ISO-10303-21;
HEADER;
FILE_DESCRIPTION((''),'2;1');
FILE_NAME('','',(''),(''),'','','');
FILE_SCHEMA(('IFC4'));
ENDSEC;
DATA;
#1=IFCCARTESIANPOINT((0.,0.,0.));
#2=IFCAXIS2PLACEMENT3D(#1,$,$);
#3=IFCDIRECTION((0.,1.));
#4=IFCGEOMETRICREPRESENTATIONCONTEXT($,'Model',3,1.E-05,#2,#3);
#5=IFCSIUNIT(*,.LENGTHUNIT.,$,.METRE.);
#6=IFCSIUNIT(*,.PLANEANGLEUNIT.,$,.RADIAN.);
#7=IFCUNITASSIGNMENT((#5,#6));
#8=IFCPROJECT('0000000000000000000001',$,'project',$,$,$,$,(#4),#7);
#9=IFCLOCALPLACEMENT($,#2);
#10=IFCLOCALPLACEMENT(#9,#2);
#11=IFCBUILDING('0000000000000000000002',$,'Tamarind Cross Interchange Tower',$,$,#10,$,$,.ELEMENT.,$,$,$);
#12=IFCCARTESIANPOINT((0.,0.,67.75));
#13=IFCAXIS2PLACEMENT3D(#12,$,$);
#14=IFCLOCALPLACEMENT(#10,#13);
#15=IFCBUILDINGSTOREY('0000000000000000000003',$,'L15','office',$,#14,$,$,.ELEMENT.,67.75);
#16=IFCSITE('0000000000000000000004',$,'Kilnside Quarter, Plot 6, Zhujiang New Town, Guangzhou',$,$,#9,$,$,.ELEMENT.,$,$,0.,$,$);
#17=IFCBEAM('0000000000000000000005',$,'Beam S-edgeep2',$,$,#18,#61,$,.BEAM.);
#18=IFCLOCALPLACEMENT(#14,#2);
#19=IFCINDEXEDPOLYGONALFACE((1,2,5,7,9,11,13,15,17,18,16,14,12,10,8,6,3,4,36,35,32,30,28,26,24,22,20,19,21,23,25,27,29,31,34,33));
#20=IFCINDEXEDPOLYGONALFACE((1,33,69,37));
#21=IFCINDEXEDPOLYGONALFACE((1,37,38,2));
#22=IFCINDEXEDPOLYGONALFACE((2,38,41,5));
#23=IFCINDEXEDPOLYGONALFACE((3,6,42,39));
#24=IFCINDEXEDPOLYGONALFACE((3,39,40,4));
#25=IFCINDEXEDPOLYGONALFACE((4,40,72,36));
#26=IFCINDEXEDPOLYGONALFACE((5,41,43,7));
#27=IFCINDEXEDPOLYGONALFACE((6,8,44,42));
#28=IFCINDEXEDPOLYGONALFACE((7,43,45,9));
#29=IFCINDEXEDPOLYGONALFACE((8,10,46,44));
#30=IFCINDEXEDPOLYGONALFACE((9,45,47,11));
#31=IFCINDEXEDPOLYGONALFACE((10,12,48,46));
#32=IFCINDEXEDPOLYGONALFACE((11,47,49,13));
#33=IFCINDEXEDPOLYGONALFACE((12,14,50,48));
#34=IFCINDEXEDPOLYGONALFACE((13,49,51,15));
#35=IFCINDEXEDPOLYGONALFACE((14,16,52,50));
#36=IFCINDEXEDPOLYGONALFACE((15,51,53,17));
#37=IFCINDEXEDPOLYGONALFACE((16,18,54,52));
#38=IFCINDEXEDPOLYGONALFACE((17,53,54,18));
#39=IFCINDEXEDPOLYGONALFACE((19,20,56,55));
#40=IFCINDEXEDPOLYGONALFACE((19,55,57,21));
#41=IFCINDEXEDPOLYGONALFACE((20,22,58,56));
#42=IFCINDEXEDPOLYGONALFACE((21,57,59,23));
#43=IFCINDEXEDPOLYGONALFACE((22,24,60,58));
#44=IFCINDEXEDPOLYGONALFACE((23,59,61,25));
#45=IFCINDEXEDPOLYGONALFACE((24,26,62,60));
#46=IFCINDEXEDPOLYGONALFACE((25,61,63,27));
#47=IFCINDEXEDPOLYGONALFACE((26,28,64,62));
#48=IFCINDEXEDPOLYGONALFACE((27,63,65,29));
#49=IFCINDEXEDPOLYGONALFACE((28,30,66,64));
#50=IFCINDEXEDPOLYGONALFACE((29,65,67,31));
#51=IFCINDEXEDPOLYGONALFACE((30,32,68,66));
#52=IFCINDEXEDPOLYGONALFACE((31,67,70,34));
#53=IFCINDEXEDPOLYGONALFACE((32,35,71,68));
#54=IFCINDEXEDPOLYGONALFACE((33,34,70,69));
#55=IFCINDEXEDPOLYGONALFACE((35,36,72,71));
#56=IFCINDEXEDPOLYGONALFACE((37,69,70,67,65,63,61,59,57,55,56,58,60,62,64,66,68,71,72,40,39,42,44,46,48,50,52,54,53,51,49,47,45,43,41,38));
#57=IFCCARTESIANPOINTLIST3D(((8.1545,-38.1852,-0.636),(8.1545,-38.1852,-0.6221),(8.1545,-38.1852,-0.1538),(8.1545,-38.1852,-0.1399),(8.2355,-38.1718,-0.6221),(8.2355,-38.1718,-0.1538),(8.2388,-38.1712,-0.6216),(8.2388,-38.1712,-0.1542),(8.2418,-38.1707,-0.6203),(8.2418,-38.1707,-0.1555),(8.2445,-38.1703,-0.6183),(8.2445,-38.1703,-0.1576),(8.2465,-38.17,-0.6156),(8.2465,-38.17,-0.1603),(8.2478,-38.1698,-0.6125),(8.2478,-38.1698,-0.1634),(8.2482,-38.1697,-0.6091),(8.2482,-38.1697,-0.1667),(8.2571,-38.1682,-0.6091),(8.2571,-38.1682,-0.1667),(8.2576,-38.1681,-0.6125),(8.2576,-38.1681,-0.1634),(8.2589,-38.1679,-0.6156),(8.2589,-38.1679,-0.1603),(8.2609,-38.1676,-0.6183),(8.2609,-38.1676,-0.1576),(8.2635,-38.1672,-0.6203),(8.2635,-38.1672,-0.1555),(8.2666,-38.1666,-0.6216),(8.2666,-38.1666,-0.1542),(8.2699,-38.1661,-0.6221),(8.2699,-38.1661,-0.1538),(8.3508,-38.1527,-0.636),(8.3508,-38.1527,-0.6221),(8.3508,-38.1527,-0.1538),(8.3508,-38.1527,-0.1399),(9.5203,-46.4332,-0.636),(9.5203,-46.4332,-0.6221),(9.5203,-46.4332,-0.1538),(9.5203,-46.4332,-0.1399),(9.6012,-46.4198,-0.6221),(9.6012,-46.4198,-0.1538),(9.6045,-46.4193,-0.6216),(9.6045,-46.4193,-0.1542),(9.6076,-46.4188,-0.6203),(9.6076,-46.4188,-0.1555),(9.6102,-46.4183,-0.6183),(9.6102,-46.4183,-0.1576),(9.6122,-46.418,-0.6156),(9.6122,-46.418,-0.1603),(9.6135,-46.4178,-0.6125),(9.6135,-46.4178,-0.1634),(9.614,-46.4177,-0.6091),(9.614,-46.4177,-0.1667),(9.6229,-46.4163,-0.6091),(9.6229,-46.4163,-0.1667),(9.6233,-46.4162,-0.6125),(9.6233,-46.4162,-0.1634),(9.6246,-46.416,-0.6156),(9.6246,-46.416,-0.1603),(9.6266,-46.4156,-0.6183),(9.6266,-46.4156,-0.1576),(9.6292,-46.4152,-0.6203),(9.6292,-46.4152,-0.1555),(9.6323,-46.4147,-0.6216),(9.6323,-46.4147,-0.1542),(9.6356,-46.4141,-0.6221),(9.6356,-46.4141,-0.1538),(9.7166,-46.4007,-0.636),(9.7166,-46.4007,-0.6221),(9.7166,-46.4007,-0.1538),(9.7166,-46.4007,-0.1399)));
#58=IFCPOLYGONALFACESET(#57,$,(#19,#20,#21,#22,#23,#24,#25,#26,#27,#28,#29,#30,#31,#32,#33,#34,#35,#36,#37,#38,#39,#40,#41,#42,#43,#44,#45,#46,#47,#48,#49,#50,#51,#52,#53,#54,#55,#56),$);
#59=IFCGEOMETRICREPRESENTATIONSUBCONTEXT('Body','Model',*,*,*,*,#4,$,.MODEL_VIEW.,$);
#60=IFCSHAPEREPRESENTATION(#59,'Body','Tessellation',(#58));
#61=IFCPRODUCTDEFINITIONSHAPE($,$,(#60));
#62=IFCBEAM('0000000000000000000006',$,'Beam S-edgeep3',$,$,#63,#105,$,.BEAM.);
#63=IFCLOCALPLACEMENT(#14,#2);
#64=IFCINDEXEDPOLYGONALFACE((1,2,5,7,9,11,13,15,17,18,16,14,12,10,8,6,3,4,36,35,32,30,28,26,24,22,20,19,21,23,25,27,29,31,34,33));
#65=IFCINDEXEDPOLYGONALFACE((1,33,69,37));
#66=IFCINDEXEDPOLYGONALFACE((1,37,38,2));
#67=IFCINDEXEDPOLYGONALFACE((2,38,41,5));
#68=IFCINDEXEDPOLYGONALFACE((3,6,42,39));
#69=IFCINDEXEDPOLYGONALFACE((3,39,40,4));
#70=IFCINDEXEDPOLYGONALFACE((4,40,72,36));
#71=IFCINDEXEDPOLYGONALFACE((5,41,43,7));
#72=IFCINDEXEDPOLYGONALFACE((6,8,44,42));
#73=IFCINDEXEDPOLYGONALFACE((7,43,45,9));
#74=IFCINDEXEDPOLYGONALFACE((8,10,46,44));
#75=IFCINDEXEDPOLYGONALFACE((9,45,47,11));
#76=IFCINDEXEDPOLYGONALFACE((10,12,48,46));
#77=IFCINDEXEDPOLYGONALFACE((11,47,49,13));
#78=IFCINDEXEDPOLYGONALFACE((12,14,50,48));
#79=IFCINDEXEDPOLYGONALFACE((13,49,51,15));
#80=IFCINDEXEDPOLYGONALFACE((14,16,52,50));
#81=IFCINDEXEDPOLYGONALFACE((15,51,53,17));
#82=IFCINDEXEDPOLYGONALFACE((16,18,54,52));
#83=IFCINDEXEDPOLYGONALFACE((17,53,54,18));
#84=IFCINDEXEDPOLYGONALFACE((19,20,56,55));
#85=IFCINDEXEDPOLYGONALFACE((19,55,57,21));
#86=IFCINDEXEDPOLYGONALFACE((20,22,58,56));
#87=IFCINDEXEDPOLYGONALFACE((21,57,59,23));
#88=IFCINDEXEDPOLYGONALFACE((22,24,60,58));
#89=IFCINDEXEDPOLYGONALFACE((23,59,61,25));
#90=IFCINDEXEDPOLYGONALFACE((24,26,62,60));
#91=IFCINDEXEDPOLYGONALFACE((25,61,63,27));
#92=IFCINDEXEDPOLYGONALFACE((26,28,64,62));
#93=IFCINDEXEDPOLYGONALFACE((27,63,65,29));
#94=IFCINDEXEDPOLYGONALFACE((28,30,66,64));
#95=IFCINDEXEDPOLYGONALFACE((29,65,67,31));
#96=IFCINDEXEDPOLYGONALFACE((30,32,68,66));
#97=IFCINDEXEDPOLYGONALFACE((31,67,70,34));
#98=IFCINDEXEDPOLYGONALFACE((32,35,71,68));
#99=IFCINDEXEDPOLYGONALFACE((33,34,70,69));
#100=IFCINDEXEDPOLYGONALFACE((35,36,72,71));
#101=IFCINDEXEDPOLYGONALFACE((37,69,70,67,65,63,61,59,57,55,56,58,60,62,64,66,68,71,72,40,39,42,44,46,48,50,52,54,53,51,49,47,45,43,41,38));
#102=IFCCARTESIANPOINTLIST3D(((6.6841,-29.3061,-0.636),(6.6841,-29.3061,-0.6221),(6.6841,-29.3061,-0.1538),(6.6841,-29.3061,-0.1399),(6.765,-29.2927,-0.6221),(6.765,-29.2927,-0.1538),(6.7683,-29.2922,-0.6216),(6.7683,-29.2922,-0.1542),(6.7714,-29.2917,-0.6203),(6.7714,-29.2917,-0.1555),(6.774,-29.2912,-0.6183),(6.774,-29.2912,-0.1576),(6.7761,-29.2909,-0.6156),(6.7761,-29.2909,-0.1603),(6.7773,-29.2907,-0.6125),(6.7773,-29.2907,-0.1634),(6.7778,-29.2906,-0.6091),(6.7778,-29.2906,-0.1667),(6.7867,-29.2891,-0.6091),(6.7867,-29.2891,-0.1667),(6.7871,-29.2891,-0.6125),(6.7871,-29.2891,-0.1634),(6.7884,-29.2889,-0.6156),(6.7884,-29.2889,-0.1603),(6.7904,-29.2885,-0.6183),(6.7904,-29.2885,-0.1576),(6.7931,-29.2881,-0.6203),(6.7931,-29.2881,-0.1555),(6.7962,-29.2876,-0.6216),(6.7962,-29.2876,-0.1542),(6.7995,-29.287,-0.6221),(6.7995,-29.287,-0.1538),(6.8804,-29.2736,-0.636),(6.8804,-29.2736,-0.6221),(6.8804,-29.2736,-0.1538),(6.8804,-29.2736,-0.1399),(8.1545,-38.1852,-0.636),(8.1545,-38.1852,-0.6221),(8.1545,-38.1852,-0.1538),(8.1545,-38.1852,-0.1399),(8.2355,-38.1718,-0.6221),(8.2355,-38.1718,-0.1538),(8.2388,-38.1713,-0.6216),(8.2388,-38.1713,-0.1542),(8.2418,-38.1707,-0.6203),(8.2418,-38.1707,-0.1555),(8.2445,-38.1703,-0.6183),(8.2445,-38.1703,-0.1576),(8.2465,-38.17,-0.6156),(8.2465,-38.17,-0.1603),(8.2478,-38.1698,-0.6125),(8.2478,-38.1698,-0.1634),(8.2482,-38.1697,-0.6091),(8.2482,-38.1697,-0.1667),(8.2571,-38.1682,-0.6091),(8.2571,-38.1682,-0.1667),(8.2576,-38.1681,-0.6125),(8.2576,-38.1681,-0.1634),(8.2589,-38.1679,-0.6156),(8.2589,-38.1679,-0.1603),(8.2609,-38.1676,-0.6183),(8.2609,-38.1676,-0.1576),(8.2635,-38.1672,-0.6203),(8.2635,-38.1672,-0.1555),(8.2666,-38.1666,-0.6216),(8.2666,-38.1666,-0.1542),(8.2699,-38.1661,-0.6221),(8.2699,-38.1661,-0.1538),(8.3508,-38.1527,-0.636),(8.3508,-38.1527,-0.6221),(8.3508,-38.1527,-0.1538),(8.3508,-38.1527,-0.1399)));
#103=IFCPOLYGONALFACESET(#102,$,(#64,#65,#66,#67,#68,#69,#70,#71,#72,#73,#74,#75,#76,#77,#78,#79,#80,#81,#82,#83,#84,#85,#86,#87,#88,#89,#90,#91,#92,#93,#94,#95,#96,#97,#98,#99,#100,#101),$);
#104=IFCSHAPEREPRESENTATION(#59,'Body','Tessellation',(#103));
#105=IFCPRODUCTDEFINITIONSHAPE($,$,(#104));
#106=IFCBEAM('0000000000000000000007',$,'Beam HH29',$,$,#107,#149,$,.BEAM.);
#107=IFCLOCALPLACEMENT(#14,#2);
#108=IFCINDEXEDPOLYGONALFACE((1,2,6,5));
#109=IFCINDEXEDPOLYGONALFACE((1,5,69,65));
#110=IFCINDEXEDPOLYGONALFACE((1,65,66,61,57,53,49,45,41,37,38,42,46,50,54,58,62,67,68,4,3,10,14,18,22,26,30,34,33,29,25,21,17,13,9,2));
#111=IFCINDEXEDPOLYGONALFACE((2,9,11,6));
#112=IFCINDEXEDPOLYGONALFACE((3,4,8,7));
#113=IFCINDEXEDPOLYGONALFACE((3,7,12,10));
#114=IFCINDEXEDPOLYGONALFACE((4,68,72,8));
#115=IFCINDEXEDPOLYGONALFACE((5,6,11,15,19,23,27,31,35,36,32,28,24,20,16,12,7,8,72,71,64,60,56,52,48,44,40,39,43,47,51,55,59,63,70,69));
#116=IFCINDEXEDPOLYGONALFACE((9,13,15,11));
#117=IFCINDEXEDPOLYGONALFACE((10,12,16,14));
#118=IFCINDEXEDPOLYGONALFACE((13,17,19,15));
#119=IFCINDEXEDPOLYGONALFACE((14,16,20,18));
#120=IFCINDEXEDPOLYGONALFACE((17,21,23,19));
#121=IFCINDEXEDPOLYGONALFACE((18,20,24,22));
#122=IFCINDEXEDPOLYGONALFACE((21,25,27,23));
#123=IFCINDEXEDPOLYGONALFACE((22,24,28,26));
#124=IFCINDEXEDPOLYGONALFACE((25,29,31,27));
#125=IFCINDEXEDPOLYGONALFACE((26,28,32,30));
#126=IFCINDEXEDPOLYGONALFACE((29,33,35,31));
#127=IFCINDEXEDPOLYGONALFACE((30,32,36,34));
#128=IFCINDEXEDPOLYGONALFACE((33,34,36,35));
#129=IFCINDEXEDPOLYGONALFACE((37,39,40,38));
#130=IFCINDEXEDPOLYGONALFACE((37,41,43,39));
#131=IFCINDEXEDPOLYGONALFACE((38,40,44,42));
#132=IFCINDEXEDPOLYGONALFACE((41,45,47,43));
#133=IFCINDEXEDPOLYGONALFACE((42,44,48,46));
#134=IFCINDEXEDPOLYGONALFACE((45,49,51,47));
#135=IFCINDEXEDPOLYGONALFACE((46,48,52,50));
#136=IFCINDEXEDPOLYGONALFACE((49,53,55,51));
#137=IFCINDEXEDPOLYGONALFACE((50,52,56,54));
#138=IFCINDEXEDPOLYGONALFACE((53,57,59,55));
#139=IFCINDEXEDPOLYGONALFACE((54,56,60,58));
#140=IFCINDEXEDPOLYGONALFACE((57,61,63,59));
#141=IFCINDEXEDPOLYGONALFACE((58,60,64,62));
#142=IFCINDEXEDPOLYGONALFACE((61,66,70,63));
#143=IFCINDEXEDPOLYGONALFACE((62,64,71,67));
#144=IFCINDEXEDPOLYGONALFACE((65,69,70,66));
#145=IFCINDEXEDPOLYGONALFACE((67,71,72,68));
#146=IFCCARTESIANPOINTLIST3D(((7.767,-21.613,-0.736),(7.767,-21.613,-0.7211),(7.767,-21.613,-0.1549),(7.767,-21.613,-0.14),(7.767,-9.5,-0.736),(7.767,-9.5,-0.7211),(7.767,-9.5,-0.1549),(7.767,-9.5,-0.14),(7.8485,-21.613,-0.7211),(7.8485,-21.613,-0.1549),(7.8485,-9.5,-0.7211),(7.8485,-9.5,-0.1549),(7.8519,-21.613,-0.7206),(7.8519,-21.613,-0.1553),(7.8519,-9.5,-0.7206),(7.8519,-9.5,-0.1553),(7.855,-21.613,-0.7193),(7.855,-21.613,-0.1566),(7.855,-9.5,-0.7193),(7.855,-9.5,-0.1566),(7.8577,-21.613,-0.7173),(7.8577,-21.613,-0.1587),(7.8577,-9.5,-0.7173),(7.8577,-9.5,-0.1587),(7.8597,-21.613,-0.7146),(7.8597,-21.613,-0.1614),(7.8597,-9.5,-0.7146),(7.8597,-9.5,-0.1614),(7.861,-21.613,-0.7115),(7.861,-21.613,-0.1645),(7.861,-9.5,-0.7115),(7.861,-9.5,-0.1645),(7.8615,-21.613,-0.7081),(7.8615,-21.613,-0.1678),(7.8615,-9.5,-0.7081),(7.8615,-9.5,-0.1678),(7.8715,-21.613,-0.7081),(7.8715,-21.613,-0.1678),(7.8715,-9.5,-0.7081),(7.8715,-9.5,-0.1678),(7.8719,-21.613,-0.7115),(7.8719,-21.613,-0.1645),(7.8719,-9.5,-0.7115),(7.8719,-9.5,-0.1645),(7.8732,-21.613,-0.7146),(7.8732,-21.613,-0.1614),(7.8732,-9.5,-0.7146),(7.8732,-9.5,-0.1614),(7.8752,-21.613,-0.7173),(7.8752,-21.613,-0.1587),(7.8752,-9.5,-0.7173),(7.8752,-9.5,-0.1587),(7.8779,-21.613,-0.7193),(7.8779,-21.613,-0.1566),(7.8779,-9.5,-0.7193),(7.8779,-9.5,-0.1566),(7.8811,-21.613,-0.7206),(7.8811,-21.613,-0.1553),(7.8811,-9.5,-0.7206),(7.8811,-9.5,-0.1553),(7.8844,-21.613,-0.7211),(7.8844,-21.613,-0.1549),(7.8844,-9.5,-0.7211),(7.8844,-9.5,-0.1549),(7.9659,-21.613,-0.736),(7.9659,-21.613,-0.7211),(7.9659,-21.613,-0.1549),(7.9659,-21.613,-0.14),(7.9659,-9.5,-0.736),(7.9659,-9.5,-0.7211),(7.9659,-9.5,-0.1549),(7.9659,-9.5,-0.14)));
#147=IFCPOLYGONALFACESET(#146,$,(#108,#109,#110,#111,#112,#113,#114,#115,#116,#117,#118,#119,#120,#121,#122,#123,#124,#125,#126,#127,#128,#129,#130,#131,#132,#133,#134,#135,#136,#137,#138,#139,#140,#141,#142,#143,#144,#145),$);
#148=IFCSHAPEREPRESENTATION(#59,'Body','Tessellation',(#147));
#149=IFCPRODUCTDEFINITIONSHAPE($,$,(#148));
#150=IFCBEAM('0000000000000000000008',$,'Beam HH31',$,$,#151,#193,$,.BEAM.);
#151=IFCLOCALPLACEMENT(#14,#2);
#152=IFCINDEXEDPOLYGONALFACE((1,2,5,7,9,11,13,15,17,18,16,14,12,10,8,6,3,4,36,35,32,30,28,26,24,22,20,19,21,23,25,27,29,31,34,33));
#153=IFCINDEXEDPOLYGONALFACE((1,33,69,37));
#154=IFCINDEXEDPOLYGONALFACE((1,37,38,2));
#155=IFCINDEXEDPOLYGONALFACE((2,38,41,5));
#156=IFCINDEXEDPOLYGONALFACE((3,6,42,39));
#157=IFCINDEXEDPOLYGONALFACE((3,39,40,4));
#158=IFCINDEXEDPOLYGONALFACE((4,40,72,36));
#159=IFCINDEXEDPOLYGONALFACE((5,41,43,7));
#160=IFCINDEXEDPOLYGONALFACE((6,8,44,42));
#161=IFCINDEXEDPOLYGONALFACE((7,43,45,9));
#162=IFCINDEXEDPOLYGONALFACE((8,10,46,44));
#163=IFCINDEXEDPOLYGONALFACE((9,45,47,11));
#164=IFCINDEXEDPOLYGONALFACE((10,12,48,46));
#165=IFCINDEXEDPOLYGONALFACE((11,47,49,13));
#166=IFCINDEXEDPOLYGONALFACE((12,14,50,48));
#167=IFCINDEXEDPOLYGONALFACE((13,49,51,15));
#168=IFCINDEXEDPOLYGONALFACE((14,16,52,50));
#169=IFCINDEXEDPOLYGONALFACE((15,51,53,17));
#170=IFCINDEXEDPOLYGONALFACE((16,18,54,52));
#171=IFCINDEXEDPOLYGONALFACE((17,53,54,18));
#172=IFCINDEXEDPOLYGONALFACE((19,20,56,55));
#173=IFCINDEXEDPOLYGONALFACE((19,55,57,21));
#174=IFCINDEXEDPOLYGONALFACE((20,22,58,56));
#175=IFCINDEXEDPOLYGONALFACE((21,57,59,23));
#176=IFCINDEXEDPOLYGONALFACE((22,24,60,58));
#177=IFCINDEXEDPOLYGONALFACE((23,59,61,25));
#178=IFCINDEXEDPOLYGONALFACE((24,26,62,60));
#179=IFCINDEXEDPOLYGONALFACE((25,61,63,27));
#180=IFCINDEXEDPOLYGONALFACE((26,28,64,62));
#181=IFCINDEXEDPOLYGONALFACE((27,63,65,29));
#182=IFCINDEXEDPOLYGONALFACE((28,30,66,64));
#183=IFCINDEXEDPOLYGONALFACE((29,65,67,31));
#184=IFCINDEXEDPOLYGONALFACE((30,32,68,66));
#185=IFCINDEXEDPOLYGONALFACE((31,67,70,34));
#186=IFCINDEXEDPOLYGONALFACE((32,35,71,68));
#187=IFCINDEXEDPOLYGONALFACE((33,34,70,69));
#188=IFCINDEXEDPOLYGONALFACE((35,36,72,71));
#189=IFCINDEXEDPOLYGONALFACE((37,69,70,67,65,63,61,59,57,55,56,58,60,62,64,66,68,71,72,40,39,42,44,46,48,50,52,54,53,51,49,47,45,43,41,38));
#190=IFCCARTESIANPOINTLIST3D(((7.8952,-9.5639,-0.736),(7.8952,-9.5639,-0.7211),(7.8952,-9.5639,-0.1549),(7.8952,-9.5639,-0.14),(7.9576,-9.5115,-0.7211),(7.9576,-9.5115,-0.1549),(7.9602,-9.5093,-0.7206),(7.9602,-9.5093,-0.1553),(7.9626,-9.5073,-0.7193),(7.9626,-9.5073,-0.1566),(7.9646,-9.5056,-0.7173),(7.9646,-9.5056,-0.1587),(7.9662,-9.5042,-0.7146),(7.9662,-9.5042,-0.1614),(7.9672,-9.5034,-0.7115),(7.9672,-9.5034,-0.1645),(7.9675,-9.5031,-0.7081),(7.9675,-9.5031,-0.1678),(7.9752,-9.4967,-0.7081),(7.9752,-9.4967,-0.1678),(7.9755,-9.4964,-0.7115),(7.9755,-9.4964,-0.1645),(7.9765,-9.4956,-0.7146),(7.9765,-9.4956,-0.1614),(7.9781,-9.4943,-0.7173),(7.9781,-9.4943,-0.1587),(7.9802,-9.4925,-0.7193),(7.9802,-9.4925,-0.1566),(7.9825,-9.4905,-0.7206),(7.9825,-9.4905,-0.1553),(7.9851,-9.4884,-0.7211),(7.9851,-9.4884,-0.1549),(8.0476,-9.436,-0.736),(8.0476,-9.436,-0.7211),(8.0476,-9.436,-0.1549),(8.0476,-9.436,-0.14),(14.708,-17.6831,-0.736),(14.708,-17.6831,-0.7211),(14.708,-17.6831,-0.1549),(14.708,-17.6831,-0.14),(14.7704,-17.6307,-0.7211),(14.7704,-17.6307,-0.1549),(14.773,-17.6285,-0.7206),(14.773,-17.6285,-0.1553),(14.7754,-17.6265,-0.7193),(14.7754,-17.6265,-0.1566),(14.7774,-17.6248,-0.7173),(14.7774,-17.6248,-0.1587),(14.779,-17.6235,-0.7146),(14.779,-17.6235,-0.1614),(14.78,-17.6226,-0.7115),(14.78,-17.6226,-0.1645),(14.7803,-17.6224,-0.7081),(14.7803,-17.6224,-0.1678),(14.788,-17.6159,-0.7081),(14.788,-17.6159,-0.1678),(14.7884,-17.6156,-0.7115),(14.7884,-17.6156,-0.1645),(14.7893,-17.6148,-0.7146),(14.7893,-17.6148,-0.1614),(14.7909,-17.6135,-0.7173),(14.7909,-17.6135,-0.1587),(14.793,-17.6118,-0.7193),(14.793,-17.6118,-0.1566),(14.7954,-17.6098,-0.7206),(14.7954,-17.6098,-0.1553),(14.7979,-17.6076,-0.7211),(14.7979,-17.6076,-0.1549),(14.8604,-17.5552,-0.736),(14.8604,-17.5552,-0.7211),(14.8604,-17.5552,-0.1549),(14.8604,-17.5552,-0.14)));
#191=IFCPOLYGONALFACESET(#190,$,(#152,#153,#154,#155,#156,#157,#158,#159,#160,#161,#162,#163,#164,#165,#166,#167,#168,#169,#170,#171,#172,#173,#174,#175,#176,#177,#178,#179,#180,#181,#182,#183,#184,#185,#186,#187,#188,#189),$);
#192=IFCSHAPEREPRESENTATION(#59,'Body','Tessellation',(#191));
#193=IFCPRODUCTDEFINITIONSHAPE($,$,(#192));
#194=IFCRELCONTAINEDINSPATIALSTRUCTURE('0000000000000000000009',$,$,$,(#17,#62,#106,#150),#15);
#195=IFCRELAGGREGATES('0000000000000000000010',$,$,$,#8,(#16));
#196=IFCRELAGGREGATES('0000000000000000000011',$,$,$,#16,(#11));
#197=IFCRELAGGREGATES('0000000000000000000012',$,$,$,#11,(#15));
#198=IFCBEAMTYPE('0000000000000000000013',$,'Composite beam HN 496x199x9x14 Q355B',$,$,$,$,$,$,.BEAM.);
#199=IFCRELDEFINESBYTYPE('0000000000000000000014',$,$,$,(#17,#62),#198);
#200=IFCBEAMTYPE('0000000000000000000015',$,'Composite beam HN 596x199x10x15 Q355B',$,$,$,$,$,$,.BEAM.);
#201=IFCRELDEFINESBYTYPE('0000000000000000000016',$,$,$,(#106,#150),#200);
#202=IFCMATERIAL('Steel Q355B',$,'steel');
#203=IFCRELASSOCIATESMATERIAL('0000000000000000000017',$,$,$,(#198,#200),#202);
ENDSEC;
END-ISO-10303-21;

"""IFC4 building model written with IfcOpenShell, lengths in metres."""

from ifc_helpers import new_model, si_unit, direction, frame, origin, origin_2d, place, context, subcontext, project, spatial, i_section, extrude, material, material_profile, profile_set, type_object, element, save


model = new_model("IFC4")

# Units and contexts
model_context = context("Model", 3, precision=1e-05, world=origin(), true_north=direction((0.0, 1.0)))
body_context = subcontext(model_context, "Body", "Model", "MODEL_VIEW")
ifc_project = project(units=[si_unit("LENGTHUNIT", "METRE"), si_unit("PLANEANGLEUNIT", "RADIAN")], contexts=[model_context])

# Site, building, storey
site_placement = place(None, origin())
site = spatial("IfcSite", under=ifc_project, at=site_placement, Name="Kilnside Quarter, Plot 6, Zhujiang New Town, Guangzhou", CompositionType="ELEMENT", RefElevation=0.0)
building_placement = place(site_placement, origin())
building = spatial("IfcBuilding", under=site, at=building_placement, Name="Tamarind Cross Interchange Tower", CompositionType="ELEMENT")
storey_placement = place(building_placement, frame((0.0, 0.0, 67.75)))
storey = spatial("IfcBuildingStorey", under=building, at=storey_placement, Name="L15", Description="office", CompositionType="ELEMENT", Elevation=67.75)

# Beams
ifc_material_1 = material(Name="Steel Q355B", Category="steel")
ifc_material_profile_1 = material_profile(ifc_material_1, i_section(OverallWidth=0.199, OverallDepth=0.4961, WebThickness=0.009, FlangeThickness=0.0139, FilletRadius=0.0129, at=origin_2d()), Name="HN 496x199x9x14")
ifc_profile_set_1 = profile_set([ifc_material_profile_1], Name="Steel Q355B")
beam_type_1 = type_object("IfcBeamType", Name="Composite beam HN 496x199x9x14 Q355B", PredefinedType="BEAM", material=ifc_profile_set_1)
beam_1_placement = place(storey_placement, frame((9.6184, -46.417, -0.3879), z_axis=(-0.163357, 0.986567, 0.0), x_axis=(-0.986567, -0.163357, 0.0)))
element("IfcBeam", 1, at=beam_1_placement, inside=storey, type_object=beam_type_1, Name="Beam S-edgeep2", PredefinedType="BEAM", context=body_context, shape_type="SweptSolid", body=[
    extrude(i_section(OverallWidth=0.199, OverallDepth=0.4961, WebThickness=0.009, FlangeThickness=0.0139, FilletRadius=0.0129, at=origin_2d()), origin(), (0.0, 0.0, 1.0), 8.3604),
])
beam_2_placement = place(storey_placement, frame((8.2527, -38.1689, -0.3879), z_axis=(-0.163383, 0.986563, 0.0), x_axis=(-0.986563, -0.163383, 0.0)))
element("IfcBeam", 2, at=beam_2_placement, inside=storey, type_object=beam_type_1, Name="Beam S-edgeep3", PredefinedType="BEAM", context=body_context, shape_type="SweptSolid", body=[
    extrude(i_section(OverallWidth=0.199, OverallDepth=0.4961, WebThickness=0.009, FlangeThickness=0.0139, FilletRadius=0.0129, at=origin_2d()), origin(), (0.0, 0.0, 1.0), 9.0),
])
ifc_material_profile_2 = material_profile(ifc_material_1, i_section(OverallWidth=0.199, OverallDepth=0.5959, WebThickness=0.01, FlangeThickness=0.0149, FilletRadius=0.0129, at=origin_2d()), Name="HN 596x199x10x15")
ifc_profile_set_2 = profile_set([ifc_material_profile_2], Name="Steel Q355B")
beam_type_2 = type_object("IfcBeamType", Name="Composite beam HN 596x199x10x15 Q355B", PredefinedType="BEAM", material=ifc_profile_set_2)
beam_3_placement = place(storey_placement, frame((7.8665, -21.613, -0.438), z_axis=(0.0, 1.0, 0.0), x_axis=(-1.0, 0.0, 0.0)))
element("IfcBeam", 3, at=beam_3_placement, inside=storey, type_object=beam_type_2, Name="Beam HH29", PredefinedType="BEAM", context=body_context, shape_type="SweptSolid", body=[
    extrude(i_section(OverallWidth=0.199, OverallDepth=0.5959, WebThickness=0.01, FlangeThickness=0.0149, FilletRadius=0.0129, at=origin_2d()), origin(), (0.0, 0.0, 1.0), 12.113),
])
beam_4_placement = place(storey_placement, frame((14.7842, -17.6191, -0.438), z_axis=(-0.642786, 0.766046, 0.0), x_axis=(-0.766046, -0.642786, 0.0)))
element("IfcBeam", 4, at=beam_4_placement, inside=storey, type_object=beam_type_2, Name="Beam HH31", PredefinedType="BEAM", context=body_context, shape_type="SweptSolid", body=[
    extrude(i_section(OverallWidth=0.199, OverallDepth=0.5959, WebThickness=0.01, FlangeThickness=0.0149, FilletRadius=0.0129, at=origin_2d()), origin(), (0.0, 0.0, 1.0), 10.5989),
])

save(model, "model.ifc")
